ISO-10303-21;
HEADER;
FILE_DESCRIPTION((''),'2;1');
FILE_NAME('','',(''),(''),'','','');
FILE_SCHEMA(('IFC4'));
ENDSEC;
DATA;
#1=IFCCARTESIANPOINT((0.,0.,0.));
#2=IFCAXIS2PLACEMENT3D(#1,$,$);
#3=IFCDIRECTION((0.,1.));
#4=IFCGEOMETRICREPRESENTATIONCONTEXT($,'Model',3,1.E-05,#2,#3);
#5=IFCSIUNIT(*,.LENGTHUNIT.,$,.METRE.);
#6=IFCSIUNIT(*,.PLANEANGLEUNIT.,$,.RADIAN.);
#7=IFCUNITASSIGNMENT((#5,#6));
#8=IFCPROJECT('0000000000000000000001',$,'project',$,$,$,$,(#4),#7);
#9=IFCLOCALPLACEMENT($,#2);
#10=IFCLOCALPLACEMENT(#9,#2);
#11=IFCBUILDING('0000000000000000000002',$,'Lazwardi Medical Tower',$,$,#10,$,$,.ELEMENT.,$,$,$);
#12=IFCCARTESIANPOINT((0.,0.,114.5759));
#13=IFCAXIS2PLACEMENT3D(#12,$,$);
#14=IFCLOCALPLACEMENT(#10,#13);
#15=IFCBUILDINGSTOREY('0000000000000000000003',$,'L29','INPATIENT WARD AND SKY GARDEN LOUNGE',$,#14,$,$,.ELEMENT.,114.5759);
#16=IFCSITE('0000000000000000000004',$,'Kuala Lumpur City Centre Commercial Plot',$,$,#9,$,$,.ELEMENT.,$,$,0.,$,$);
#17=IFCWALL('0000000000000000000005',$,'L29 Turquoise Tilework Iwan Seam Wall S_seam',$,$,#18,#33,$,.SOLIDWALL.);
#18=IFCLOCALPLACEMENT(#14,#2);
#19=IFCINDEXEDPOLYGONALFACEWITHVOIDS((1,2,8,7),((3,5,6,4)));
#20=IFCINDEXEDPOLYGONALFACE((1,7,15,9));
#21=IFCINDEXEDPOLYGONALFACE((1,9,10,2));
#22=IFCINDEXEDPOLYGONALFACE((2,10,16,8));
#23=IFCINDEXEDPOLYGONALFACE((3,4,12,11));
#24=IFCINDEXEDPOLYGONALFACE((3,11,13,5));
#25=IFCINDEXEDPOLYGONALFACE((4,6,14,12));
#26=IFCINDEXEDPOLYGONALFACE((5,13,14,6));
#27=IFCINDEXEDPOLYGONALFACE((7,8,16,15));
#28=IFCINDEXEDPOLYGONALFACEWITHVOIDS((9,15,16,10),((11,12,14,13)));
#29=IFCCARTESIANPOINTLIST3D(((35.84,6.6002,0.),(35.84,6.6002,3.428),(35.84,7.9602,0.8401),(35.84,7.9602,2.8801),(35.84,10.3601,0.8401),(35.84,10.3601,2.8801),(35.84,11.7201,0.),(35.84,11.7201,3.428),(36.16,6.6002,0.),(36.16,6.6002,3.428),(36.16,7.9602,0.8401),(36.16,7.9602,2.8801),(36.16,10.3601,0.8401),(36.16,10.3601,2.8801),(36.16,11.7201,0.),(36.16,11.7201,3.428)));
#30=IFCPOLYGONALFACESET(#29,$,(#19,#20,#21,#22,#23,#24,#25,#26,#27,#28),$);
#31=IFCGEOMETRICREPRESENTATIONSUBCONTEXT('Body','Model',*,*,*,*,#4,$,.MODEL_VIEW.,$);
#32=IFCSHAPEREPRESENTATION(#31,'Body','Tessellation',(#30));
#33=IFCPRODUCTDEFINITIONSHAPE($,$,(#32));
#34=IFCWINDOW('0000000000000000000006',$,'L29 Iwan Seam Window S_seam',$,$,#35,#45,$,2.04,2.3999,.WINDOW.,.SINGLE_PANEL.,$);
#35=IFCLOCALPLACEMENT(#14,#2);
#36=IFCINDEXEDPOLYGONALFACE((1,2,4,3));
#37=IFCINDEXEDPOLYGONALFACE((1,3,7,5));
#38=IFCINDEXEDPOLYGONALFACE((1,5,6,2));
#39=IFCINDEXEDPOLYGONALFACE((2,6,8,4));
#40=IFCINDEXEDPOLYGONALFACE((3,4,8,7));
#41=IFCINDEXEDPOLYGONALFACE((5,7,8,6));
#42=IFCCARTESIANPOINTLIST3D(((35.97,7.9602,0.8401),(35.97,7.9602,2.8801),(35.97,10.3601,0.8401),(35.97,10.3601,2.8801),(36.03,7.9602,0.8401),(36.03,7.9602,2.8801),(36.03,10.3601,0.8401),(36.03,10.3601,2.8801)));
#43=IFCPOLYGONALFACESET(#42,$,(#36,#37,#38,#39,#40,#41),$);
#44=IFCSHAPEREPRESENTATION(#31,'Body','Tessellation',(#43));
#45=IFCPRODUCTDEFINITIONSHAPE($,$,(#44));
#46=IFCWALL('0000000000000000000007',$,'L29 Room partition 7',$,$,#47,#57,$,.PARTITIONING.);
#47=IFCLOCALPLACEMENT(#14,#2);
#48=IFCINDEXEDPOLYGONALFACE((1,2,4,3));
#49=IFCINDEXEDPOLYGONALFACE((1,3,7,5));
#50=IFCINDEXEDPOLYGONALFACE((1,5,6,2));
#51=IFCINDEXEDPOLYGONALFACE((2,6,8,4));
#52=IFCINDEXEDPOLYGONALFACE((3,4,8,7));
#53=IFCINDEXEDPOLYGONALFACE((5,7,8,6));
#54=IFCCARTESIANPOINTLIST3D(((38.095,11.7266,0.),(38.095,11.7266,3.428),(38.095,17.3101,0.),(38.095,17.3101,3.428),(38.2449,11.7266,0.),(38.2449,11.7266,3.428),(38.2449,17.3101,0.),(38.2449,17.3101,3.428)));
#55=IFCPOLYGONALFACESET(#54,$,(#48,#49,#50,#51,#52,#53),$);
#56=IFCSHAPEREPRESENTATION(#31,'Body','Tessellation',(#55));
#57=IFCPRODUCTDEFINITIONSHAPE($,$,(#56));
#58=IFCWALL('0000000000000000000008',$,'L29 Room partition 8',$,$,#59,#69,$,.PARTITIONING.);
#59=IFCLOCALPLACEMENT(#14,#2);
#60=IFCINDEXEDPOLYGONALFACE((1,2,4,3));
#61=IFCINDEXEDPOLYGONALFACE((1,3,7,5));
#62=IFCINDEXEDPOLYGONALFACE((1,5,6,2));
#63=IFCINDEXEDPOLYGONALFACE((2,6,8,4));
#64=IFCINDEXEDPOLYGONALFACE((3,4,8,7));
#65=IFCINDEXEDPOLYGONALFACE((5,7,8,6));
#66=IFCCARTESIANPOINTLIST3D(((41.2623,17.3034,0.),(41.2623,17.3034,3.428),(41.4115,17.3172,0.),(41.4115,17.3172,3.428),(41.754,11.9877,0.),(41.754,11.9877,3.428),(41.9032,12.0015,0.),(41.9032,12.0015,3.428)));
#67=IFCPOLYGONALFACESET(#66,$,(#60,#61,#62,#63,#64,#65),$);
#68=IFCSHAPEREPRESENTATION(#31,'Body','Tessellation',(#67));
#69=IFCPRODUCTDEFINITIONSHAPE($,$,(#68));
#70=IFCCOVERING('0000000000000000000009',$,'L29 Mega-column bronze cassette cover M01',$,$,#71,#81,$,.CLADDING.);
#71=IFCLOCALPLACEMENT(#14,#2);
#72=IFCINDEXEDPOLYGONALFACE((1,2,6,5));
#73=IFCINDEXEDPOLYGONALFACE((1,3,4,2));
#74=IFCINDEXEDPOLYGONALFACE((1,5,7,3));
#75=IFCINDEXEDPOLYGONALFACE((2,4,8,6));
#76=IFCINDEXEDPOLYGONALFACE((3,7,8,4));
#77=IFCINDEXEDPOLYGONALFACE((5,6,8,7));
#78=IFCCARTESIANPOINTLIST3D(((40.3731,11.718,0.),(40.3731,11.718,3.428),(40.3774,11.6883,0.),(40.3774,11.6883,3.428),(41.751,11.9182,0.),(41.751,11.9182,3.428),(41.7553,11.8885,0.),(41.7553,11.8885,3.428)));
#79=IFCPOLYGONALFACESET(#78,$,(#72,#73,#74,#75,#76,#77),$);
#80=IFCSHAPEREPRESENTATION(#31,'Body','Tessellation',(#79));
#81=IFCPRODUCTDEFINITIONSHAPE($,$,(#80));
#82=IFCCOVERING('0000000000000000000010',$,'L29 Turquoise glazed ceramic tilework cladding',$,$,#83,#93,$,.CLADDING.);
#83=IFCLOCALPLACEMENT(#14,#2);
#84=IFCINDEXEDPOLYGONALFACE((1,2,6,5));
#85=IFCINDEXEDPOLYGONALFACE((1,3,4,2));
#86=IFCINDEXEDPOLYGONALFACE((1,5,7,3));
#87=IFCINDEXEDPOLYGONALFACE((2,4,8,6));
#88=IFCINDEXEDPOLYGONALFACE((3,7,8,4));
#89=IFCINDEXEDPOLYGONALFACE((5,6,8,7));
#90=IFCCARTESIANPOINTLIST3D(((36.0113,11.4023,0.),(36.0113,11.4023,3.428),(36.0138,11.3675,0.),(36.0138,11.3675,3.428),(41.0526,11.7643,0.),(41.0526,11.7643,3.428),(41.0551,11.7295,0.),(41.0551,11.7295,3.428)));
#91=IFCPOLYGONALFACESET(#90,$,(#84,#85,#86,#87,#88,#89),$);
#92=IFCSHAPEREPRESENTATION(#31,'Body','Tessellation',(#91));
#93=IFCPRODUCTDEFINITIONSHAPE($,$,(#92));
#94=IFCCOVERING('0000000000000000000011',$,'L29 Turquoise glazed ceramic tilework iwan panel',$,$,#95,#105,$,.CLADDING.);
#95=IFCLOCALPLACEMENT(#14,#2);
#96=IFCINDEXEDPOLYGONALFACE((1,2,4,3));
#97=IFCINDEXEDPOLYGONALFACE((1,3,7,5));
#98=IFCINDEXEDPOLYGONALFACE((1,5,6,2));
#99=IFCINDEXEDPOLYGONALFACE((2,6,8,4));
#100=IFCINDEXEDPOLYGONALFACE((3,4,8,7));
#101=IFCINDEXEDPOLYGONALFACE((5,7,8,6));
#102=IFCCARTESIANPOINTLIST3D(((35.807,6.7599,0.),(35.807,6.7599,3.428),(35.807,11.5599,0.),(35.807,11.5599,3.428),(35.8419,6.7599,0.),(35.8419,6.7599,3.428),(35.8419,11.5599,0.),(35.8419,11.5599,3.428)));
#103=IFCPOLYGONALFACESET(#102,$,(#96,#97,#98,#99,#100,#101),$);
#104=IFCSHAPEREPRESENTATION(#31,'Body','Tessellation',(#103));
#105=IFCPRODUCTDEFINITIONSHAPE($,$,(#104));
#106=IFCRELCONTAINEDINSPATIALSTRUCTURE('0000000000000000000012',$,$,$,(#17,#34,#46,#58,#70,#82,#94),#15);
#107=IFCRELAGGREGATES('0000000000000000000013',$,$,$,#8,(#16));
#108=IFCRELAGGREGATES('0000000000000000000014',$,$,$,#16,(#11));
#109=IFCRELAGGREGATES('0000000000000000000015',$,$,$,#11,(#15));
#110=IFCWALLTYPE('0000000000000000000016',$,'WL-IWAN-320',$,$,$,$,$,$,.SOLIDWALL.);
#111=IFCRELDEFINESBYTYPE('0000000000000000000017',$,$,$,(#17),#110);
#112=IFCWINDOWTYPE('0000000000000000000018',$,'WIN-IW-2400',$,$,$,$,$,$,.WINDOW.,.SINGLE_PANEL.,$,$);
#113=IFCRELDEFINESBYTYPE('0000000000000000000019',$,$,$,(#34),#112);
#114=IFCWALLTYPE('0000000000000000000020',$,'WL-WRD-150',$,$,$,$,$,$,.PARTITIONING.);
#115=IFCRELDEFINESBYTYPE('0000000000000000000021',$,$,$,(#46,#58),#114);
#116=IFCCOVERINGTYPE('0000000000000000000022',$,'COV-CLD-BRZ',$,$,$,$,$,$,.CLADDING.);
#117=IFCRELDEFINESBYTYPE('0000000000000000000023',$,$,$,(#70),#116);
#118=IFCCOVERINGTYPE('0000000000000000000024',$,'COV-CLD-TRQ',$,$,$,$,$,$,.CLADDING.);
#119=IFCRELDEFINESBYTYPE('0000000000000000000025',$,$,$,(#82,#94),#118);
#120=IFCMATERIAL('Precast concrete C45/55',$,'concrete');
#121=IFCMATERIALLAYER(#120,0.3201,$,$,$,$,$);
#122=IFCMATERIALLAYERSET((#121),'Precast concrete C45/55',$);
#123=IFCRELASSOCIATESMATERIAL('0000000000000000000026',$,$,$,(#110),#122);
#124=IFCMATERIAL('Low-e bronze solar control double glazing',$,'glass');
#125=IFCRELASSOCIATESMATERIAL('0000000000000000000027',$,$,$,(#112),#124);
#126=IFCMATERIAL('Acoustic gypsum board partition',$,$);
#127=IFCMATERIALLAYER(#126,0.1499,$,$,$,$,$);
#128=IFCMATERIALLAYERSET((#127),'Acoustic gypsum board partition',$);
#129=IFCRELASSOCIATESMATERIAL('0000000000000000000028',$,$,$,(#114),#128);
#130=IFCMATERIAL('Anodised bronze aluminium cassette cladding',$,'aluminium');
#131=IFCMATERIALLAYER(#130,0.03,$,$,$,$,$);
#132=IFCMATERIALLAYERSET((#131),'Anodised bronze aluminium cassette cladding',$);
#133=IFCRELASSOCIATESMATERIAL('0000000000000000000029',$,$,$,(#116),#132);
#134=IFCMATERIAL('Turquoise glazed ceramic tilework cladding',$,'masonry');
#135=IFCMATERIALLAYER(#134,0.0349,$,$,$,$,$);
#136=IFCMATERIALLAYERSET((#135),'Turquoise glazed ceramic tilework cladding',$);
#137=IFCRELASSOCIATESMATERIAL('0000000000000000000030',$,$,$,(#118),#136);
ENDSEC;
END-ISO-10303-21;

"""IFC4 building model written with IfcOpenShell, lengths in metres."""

from ifc_helpers import new_model, si_unit, direction, frame, frame_2d, origin, origin_2d, place, context, subcontext, project, spatial, rectangle, extrude, material, layer, layer_set, type_object, element, fill, save


model = new_model("IFC4")

# Units and contexts
model_context = context("Model", 3, precision=1e-05, world=origin(), true_north=direction((0.0, 1.0)))
body_context = subcontext(model_context, "Body", "Model", "MODEL_VIEW")
ifc_project = project(units=[si_unit("LENGTHUNIT", "METRE"), si_unit("PLANEANGLEUNIT", "RADIAN")], contexts=[model_context])

# Site, building, storey
site_placement = place(None, origin())
site = spatial("IfcSite", under=ifc_project, at=site_placement, Name="Kuala Lumpur City Centre Commercial Plot", CompositionType="ELEMENT", RefElevation=0.0)
building_placement = place(site_placement, origin())
building = spatial("IfcBuilding", under=site, at=building_placement, Name="Lazwardi Medical Tower", CompositionType="ELEMENT")
storey_placement = place(building_placement, frame((0.0, 0.0, 114.5759)))
storey = spatial("IfcBuildingStorey", under=building, at=storey_placement, Name="L29", Description="INPATIENT WARD AND SKY GARDEN LOUNGE", CompositionType="ELEMENT", Elevation=114.5759)

# Shared definitions
ifc_material_1 = material(Name="Low-e bronze solar control double glazing", Category="glass")

# Wall, opening, window
ifc_material_2 = material(Name="Precast concrete C45/55", Category="concrete")
ifc_layer_1 = layer(ifc_material_2, 0.3201)
ifc_layer_set_1 = layer_set([ifc_layer_1], Name="Precast concrete C45/55")
wall_type_1 = type_object("IfcWallType", Name="WL-IWAN-320", PredefinedType="SOLIDWALL", material=ifc_layer_set_1)
wall_1_placement = place(storey_placement, frame((36.0, 6.6001, 0.0), z_axis=(0.0, 0.0, 1.0), x_axis=(0.0, 1.0, 0.0)))
wall_1 = element("IfcWall", 1, at=wall_1_placement, inside=storey, type_object=wall_type_1, Name="L29 Turquoise Tilework Iwan Seam Wall S_seam", PredefinedType="SOLIDWALL", context=body_context, shape_type="SweptSolid", body=[
    extrude(rectangle(XDim=5.1199, YDim=0.3201, at=frame_2d((2.5601, 0.0))), origin(), (0.0, 0.0, 1.0), 3.428),
])
opening_1_placement = place(wall_1_placement, frame((1.3601, 0.0, 0.8401)))
opening_1 = element("IfcOpeningElement", 2, at=opening_1_placement, cuts=wall_1, PredefinedType="OPENING", context=body_context, shape_type="SweptSolid", body=[
    extrude(rectangle(XDim=2.3999, YDim=2.04, at=frame_2d((1.2, 1.02))), frame((0.0, 0.1699, 0.0), z_axis=(0.0, -1.0, 0.0), x_axis=(1.0, 0.0, 0.0)), (0.0, 0.0, 1.0), 0.3401),
])
window_type_1 = type_object("IfcWindowType", Name="WIN-IW-2400", PartitioningType="SINGLE_PANEL", PredefinedType="WINDOW", material=ifc_material_1)
window_1_placement = place(opening_1_placement, origin())
window_1 = element("IfcWindow", 3, at=window_1_placement, inside=storey, type_object=window_type_1, Name="L29 Iwan Seam Window S_seam", OverallHeight=2.04, OverallWidth=2.3999, PartitioningType="SINGLE_PANEL", PredefinedType="WINDOW", context=body_context, shape_type="SweptSolid", body=[
    extrude(rectangle(XDim=2.3999, YDim=2.04, at=frame_2d((1.2, 1.02))), frame((0.0, 0.03, 0.0), z_axis=(0.0, -1.0, 0.0), x_axis=(1.0, 0.0, 0.0)), (0.0, 0.0, 1.0), 0.0601),
])
fill(opening_1, window_1)

# Walls
ifc_material_3 = material(Name="Acoustic gypsum board partition")
ifc_layer_2 = layer(ifc_material_3, 0.1499)
ifc_layer_set_2 = layer_set([ifc_layer_2], Name="Acoustic gypsum board partition")
wall_type_2 = type_object("IfcWallType", Name="WL-WRD-150", PredefinedType="PARTITIONING", material=ifc_layer_set_2)
wall_2_placement = place(storey_placement, frame((38.1699, 11.7266, 0.0), z_axis=(0.0, 0.0, 1.0), x_axis=(0.0, 1.0, 0.0)))
element("IfcWall", 4, at=wall_2_placement, inside=storey, type_object=wall_type_2, Name="L29 Room partition 7", PredefinedType="PARTITIONING", context=body_context, shape_type="SweptSolid", body=[
    extrude(rectangle(XDim=5.5835, YDim=0.1499, at=frame_2d((2.7917, 0.0))), origin(), (0.0, 0.0, 1.0), 3.428),
])
wall_3_placement = place(storey_placement, frame((41.8286, 11.9946, 0.0), z_axis=(0.0, 0.0, 1.0), x_axis=(-0.092107, 0.995749, 0.0)))
element("IfcWall", 5, at=wall_3_placement, inside=storey, type_object=wall_type_2, Name="L29 Room partition 8", PredefinedType="PARTITIONING", context=body_context, shape_type="SweptSolid", body=[
    extrude(rectangle(XDim=5.3384, YDim=0.1499, at=frame_2d((2.6692, 0.0))), origin(), (0.0, 0.0, 1.0), 3.428),
])

# Coverings
ifc_material_4 = material(Name="Anodised bronze aluminium cassette cladding", Category="aluminium")
ifc_layer_3 = layer(ifc_material_4, 0.03)
ifc_layer_set_3 = layer_set([ifc_layer_3], Name="Anodised bronze aluminium cassette cladding")
covering_type_1 = type_object("IfcCoveringType", Name="COV-CLD-BRZ", PredefinedType="CLADDING", material=ifc_layer_set_3)
covering_1_placement = place(storey_placement, frame((41.0642, 11.8032, 0.0), z_axis=(0.0, 0.0, 1.0), x_axis=(0.989609, 0.143785, 0.0)))
element("IfcCovering", 6, at=covering_1_placement, inside=storey, type_object=covering_type_1, Name="L29 Mega-column bronze cassette cover M01", PredefinedType="CLADDING", context=body_context, shape_type="SweptSolid", body=[
    extrude(rectangle(XDim=1.3923, YDim=0.03, at=origin_2d()), origin(), (0.0, 0.0, 1.0), 3.428),
])
ifc_material_5 = material(Name="Turquoise glazed ceramic tilework cladding", Category="masonry")
ifc_layer_4 = layer(ifc_material_5, 0.0349)
ifc_layer_set_4 = layer_set([ifc_layer_4], Name="Turquoise glazed ceramic tilework cladding")
covering_type_2 = type_object("IfcCoveringType", Name="COV-CLD-TRQ", PredefinedType="CLADDING", material=ifc_layer_set_4)
covering_2_placement = place(storey_placement, frame((38.5332, 11.5659, 0.0), z_axis=(0.0, 0.0, 1.0), x_axis=(0.997432, 0.071625, 0.0)))
element("IfcCovering", 7, at=covering_2_placement, inside=storey, type_object=covering_type_2, Name="L29 Turquoise glazed ceramic tilework cladding", PredefinedType="CLADDING", context=body_context, shape_type="SweptSolid", body=[
    extrude(rectangle(XDim=5.0542, YDim=0.0349, at=origin_2d()), origin(), (0.0, 0.0, 1.0), 3.428),
])
covering_3_placement = place(storey_placement, frame((35.8245, 9.1599, 0.0), z_axis=(0.0, 0.0, 1.0), x_axis=(0.0, 1.0, 0.0)))
element("IfcCovering", 8, at=covering_3_placement, inside=storey, type_object=covering_type_2, Name="L29 Turquoise glazed ceramic tilework iwan panel", PredefinedType="CLADDING", context=body_context, shape_type="SweptSolid", body=[
    extrude(rectangle(XDim=4.8, YDim=0.0349, at=origin_2d()), origin(), (0.0, 0.0, 1.0), 3.428),
])

save(model, "model.ifc")
